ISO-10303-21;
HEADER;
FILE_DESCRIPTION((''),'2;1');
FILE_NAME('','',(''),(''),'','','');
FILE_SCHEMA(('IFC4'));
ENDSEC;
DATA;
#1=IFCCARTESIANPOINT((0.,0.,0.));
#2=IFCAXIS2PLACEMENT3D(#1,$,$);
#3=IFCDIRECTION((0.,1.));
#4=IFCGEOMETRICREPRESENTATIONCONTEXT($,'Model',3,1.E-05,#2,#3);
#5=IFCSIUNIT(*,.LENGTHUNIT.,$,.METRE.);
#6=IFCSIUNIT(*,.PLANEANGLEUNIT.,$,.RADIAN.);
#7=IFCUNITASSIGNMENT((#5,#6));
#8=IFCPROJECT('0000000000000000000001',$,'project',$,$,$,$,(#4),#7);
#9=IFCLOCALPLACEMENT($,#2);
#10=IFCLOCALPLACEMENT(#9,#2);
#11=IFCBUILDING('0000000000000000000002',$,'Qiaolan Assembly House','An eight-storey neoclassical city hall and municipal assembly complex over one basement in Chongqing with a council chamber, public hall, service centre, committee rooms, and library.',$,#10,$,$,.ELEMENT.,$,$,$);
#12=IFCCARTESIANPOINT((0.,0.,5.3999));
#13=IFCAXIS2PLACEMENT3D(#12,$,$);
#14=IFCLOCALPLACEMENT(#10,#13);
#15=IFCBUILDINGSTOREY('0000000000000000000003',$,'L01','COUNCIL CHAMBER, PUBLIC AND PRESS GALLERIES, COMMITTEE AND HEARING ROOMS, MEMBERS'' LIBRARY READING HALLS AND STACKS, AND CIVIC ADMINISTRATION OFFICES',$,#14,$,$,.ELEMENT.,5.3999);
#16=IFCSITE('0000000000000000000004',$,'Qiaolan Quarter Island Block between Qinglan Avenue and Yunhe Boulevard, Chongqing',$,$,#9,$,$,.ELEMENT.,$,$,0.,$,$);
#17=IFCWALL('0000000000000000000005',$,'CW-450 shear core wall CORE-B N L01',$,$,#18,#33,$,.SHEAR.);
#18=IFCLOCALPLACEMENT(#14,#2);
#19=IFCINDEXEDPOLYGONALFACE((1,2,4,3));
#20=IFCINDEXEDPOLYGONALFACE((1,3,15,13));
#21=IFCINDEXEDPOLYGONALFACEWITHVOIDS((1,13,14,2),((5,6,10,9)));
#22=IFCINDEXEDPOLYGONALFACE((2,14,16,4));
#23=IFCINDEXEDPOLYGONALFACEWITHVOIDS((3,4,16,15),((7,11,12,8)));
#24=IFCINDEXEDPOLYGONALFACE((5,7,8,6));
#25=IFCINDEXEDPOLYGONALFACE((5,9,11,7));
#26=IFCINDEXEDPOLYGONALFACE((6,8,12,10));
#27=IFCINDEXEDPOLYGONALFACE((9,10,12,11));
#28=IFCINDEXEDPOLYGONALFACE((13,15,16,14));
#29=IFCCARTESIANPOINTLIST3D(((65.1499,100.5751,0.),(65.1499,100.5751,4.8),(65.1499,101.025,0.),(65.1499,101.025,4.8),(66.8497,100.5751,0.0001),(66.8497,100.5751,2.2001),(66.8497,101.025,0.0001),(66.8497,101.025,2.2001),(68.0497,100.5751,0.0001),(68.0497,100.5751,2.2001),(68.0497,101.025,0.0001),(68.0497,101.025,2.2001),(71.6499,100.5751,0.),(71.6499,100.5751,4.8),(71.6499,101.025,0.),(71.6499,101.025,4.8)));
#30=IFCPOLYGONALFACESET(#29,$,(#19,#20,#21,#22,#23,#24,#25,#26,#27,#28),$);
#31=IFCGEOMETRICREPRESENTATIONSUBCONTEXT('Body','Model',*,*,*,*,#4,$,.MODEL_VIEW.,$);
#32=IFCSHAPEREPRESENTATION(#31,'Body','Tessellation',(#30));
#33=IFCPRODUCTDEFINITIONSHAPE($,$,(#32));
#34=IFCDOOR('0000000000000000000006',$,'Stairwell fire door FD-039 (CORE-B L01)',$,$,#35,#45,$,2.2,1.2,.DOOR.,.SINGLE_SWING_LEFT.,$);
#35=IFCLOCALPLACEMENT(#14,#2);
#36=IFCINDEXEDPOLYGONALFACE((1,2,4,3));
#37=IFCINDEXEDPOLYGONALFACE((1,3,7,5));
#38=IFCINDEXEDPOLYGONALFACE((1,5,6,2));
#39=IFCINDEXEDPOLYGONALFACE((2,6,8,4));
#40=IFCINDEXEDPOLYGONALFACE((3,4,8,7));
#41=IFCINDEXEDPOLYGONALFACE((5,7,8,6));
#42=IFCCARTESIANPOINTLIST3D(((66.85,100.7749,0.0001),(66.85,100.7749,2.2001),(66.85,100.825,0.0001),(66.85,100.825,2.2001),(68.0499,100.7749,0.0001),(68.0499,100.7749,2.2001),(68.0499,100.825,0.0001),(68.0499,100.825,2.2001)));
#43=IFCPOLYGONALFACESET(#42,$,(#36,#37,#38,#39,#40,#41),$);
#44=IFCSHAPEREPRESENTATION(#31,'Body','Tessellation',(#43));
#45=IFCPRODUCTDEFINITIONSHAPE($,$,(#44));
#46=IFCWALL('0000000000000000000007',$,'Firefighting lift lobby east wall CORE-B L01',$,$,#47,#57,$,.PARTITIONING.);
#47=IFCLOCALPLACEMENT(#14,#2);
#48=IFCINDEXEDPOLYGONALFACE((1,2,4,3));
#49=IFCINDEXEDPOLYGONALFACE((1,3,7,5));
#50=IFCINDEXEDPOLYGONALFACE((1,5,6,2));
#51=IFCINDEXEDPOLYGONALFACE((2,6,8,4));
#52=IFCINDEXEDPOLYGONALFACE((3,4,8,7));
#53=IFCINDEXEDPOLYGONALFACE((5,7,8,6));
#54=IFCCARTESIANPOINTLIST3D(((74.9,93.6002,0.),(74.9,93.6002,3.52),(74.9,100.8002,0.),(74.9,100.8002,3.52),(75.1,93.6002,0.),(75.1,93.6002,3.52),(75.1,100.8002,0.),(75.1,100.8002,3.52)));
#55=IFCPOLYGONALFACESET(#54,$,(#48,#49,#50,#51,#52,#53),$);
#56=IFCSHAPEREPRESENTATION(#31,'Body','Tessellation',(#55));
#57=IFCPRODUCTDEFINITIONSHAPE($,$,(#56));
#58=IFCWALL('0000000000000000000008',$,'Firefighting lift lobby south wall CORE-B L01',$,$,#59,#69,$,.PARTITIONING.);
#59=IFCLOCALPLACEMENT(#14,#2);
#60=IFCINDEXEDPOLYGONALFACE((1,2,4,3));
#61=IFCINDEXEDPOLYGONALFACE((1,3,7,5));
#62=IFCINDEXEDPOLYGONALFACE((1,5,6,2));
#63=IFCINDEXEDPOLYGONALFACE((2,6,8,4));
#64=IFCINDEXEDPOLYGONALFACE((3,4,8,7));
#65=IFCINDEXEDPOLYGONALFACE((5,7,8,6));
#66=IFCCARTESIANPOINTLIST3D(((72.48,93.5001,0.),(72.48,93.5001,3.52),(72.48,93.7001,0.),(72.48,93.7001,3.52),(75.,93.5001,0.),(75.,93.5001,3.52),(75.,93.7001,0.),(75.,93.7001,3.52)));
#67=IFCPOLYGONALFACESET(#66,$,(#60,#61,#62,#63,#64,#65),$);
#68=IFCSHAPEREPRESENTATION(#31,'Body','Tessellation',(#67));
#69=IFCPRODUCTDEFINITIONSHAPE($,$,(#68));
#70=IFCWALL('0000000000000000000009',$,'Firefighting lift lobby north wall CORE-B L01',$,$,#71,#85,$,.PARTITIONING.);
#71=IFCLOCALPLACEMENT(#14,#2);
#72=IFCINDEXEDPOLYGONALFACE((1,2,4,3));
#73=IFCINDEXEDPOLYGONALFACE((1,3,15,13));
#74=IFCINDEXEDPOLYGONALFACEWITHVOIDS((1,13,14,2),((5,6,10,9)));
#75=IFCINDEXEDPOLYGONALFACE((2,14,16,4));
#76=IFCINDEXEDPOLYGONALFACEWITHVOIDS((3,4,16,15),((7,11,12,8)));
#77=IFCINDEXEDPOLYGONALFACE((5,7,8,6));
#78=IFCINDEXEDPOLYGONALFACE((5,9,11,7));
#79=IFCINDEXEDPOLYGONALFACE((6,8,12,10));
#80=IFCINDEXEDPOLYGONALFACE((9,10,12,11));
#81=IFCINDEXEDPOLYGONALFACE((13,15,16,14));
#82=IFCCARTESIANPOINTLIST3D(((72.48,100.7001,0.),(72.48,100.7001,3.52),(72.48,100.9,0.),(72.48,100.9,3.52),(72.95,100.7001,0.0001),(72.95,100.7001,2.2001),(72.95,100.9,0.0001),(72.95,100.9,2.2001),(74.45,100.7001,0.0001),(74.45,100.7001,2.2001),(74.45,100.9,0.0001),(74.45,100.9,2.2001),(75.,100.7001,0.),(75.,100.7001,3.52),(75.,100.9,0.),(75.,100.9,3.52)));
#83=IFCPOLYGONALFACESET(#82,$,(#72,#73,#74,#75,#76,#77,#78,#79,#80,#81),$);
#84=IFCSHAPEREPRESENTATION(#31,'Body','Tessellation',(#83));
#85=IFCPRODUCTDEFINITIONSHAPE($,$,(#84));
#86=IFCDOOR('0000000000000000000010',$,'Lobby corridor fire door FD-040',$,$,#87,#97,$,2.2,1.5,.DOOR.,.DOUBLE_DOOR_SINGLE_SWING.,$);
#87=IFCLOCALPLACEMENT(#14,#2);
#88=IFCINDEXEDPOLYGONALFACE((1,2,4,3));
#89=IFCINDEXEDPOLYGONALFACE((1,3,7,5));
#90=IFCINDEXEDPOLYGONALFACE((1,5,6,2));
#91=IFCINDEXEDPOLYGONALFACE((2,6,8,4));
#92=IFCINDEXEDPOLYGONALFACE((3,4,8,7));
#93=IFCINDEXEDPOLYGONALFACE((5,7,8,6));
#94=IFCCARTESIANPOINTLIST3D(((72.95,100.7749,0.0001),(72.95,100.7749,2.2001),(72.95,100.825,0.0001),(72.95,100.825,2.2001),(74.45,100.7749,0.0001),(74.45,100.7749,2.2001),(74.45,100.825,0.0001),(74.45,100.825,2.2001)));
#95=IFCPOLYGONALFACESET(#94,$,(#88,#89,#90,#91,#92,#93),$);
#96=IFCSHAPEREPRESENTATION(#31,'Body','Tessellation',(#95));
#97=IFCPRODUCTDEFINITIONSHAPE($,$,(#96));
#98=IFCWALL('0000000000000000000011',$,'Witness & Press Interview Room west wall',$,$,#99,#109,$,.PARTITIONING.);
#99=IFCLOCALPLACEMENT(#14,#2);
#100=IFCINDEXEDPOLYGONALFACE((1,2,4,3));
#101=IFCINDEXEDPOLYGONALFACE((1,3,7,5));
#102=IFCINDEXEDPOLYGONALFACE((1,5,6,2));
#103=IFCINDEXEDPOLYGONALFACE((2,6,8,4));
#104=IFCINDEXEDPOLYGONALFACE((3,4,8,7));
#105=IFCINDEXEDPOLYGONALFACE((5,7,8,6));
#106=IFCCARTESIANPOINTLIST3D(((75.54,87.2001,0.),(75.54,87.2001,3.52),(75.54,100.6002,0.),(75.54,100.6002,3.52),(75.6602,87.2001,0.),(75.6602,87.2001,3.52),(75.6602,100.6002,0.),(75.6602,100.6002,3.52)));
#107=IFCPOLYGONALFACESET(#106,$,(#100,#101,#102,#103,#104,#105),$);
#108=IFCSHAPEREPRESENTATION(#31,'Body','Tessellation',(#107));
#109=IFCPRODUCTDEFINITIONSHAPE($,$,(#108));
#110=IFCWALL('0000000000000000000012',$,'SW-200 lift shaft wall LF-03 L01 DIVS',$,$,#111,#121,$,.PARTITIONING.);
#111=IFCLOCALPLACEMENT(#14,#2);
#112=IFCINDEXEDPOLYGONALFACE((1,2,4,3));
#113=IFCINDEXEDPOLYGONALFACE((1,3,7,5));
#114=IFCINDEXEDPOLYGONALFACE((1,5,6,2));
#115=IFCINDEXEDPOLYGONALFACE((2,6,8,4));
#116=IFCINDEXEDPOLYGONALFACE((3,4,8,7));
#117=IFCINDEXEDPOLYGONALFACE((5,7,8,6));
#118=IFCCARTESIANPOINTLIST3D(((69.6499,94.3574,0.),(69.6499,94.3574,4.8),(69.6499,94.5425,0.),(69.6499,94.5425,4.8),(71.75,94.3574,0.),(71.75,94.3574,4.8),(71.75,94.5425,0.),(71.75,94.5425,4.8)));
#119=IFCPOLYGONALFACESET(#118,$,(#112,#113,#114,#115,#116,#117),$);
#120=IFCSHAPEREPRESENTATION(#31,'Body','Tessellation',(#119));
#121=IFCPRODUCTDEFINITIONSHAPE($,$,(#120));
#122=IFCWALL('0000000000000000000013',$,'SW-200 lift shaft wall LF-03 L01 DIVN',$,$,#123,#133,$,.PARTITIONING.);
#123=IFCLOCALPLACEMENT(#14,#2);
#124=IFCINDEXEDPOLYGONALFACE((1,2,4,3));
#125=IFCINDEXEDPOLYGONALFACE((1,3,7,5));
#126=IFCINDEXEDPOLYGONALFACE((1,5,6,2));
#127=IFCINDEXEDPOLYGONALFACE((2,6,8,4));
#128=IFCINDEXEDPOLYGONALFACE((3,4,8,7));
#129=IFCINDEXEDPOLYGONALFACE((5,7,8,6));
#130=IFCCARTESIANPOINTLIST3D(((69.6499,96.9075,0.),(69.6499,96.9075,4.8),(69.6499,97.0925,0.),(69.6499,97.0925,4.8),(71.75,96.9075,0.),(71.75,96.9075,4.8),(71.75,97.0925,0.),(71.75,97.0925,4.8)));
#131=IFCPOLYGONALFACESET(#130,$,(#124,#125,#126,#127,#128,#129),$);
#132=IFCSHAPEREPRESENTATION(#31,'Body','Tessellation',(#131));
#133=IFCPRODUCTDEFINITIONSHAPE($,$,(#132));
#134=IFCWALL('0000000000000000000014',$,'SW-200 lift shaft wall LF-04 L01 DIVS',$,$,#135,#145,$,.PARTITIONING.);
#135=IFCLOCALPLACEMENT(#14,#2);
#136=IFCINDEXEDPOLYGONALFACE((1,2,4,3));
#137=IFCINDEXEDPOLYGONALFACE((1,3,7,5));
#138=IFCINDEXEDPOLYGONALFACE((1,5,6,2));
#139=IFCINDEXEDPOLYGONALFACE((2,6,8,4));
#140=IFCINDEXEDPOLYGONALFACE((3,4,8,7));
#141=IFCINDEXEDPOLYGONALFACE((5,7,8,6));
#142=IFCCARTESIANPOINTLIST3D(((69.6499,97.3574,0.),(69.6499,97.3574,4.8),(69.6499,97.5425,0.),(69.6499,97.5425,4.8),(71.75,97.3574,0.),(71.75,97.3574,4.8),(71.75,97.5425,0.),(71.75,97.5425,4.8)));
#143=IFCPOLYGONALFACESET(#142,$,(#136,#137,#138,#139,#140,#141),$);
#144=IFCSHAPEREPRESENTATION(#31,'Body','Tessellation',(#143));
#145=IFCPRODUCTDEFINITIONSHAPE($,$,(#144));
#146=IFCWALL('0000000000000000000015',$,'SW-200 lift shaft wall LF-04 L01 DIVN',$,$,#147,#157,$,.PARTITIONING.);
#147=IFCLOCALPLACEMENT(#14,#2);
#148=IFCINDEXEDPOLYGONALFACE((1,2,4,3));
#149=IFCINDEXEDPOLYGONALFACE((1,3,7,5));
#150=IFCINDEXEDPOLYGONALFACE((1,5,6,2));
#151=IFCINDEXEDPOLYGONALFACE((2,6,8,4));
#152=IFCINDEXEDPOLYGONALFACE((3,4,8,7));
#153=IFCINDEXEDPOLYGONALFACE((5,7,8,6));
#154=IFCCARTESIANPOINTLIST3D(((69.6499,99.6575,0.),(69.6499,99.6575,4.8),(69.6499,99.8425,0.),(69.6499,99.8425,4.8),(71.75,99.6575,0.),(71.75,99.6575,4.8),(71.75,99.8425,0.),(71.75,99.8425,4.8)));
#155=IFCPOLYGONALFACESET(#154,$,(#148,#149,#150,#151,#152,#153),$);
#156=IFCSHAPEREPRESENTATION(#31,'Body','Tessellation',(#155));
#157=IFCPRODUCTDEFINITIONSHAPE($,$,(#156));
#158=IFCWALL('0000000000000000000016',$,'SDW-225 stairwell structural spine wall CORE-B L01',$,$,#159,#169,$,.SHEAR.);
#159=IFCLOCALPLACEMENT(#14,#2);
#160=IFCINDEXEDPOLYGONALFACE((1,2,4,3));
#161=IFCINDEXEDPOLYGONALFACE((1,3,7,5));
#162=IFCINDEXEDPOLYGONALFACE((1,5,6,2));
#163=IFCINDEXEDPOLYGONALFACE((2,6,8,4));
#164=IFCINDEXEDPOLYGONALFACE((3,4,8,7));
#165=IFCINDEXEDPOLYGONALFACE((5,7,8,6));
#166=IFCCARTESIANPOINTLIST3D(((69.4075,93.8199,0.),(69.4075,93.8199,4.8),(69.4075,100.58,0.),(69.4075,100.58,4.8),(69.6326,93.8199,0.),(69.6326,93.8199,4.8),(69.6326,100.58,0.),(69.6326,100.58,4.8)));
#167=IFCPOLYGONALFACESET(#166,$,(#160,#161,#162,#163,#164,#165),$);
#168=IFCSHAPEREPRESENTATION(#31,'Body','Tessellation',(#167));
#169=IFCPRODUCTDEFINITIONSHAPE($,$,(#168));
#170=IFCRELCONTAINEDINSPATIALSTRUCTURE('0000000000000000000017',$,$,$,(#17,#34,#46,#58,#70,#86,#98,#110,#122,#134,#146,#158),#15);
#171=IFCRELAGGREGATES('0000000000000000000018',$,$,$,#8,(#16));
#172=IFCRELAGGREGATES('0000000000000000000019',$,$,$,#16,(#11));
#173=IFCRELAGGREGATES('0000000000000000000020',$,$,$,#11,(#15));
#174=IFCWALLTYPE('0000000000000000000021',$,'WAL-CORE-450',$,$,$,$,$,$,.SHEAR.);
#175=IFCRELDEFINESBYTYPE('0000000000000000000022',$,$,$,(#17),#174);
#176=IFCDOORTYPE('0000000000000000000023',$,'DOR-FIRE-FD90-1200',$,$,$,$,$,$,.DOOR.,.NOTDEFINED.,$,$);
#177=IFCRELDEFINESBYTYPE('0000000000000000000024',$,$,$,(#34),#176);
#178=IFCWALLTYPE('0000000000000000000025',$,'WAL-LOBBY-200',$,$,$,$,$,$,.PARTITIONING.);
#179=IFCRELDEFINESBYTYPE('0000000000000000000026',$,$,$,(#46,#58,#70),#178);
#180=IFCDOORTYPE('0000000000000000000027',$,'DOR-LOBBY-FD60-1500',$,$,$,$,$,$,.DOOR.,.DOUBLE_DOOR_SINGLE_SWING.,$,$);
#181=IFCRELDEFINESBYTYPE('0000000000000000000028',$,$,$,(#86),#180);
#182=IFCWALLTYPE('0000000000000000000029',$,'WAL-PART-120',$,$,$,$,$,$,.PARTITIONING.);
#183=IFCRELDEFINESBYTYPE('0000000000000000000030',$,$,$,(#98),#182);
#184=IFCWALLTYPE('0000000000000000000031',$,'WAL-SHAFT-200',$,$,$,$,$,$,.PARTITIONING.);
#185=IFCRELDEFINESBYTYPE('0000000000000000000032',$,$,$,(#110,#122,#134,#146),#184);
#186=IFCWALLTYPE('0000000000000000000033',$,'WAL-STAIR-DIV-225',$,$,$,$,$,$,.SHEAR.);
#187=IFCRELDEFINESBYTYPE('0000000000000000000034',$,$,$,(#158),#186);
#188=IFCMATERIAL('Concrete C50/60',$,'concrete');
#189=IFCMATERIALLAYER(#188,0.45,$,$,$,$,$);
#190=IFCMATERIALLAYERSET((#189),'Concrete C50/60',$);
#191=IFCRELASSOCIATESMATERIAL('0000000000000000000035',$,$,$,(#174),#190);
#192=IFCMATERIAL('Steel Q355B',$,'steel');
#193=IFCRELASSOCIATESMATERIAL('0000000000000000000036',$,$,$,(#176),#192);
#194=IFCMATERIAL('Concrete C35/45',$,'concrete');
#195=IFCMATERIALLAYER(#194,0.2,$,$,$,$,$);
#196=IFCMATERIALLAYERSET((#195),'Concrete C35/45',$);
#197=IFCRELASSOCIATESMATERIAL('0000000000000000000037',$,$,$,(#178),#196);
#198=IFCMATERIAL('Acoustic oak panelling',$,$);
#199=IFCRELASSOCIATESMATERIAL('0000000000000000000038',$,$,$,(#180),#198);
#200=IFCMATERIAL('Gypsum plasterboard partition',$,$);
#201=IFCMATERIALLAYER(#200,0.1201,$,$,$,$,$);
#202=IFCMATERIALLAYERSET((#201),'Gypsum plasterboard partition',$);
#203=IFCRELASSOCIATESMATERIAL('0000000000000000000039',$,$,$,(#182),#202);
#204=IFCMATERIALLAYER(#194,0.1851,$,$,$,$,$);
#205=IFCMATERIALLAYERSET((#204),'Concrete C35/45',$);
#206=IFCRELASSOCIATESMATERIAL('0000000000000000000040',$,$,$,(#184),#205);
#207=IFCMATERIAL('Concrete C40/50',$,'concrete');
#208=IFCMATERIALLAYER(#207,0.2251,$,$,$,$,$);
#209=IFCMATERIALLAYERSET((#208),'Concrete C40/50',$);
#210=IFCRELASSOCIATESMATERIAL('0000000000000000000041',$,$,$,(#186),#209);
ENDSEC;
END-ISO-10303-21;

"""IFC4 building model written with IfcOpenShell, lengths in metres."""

from ifc_helpers import new_model, si_unit, direction, frame, frame_2d, origin, place, context, subcontext, project, spatial, rectangle, extrude, material, layer, layer_set, type_object, element, fill, save


model = new_model("IFC4")

# Units and contexts
model_context = context("Model", 3, precision=1e-05, world=origin(), true_north=direction((0.0, 1.0)))
body_context = subcontext(model_context, "Body", "Model", "MODEL_VIEW")
ifc_project = project(units=[si_unit("LENGTHUNIT", "METRE"), si_unit("PLANEANGLEUNIT", "RADIAN")], contexts=[model_context])

# Site, building, storey
site_placement = place(None, origin())
site = spatial("IfcSite", under=ifc_project, at=site_placement, Name="Qiaolan Quarter Island Block between Qinglan Avenue and Yunhe Boulevard, Chongqing", CompositionType="ELEMENT", RefElevation=0.0)
building_placement = place(site_placement, origin())
building = spatial("IfcBuilding", under=site, at=building_placement, Name="Qiaolan Assembly House", Description="An eight-storey neoclassical city hall and municipal assembly complex over one basement in Chongqing with a council chamber, public hall, service centre, committee rooms, and library.", CompositionType="ELEMENT")
storey_placement = place(building_placement, frame((0.0, 0.0, 5.3999)))
storey = spatial("IfcBuildingStorey", under=building, at=storey_placement, Name="L01", Description="COUNCIL CHAMBER, PUBLIC AND PRESS GALLERIES, COMMITTEE AND HEARING ROOMS, MEMBERS' LIBRARY READING HALLS AND STACKS, AND CIVIC ADMINISTRATION OFFICES", CompositionType="ELEMENT", Elevation=5.3999)

# Shared definitions
ifc_material_1 = material(Name="Concrete C50/60", Category="concrete")

# Shared definitions
ifc_material_2 = material(Name="Concrete C40/50", Category="concrete")

# Shared definitions
ifc_layer_1 = layer(ifc_material_1, 0.45)
ifc_layer_set_1 = layer_set([ifc_layer_1], Name="Concrete C50/60")
wall_type_1 = type_object("IfcWallType", Name="WAL-CORE-450", PredefinedType="SHEAR", material=ifc_layer_set_1)

# Wall, opening, door
wall_1_placement = place(storey_placement, frame((71.6499, 100.8, 0.0), z_axis=(0.0, 0.0, 1.0), x_axis=(-1.0, 0.0, 0.0)))
wall_1 = element("IfcWall", 1, at=wall_1_placement, inside=storey, type_object=wall_type_1, Name="CW-450 shear core wall CORE-B N L01", PredefinedType="SHEAR", context=body_context, shape_type="SweptSolid", body=[
    extrude(rectangle(XDim=6.5, YDim=0.45, at=frame_2d((3.25, 0.0))), origin(), (0.0, 0.0, 1.0), 4.8),
])
opening_1_placement = place(wall_1_placement, frame((3.6001, 0.0, 0.0)))
opening_1 = element("IfcOpeningElement", 2, at=opening_1_placement, cuts=wall_1, PredefinedType="OPENING", context=body_context, shape_type="SweptSolid", body=[
    extrude(rectangle(XDim=1.2, YDim=2.2, at=frame_2d((0.6001, 1.1001))), frame((0.0, 0.2349, 0.0), z_axis=(0.0, -1.0, 0.0), x_axis=(1.0, 0.0, 0.0)), (0.0, 0.0, 1.0), 0.47),
])
ifc_material_3 = material(Name="Steel Q355B", Category="steel")
door_type_1 = type_object("IfcDoorType", Name="DOR-FIRE-FD90-1200", OperationType="NOTDEFINED", PredefinedType="DOOR", material=ifc_material_3)
door_1_placement = place(opening_1_placement, frame((1.2, 0.0, 0.0), z_axis=(0.0, 0.0, 1.0), x_axis=(-1.0, 0.0, 0.0)))
door_1 = element("IfcDoor", 3, at=door_1_placement, inside=storey, type_object=door_type_1, Name="Stairwell fire door FD-039 (CORE-B L01)", OperationType="SINGLE_SWING_LEFT", OverallHeight=2.2, OverallWidth=1.2, PredefinedType="DOOR", context=body_context, shape_type="SweptSolid", body=[
    extrude(rectangle(XDim=1.2, YDim=2.2, at=frame_2d((0.6001, 1.1001))), frame((0.0, 0.0249, 0.0), z_axis=(0.0, -1.0, 0.0), x_axis=(1.0, 0.0, 0.0)), (0.0, 0.0, 1.0), 0.05),
])
fill(opening_1, door_1)

# Walls
ifc_material_4 = material(Name="Concrete C35/45", Category="concrete")
ifc_layer_2 = layer(ifc_material_4, 0.2)
ifc_layer_set_2 = layer_set([ifc_layer_2], Name="Concrete C35/45")
wall_type_2 = type_object("IfcWallType", Name="WAL-LOBBY-200", PredefinedType="PARTITIONING", material=ifc_layer_set_2)
wall_2_placement = place(storey_placement, frame((75.0, 93.6001, 0.0), z_axis=(0.0, 0.0, 1.0), x_axis=(0.0, 1.0, 0.0)))
element("IfcWall", 4, at=wall_2_placement, inside=storey, type_object=wall_type_2, Name="Firefighting lift lobby east wall CORE-B L01", PredefinedType="PARTITIONING", context=body_context, shape_type="SweptSolid", body=[
    extrude(rectangle(XDim=7.2, YDim=0.2, at=frame_2d((3.6001, 0.0))), origin(), (0.0, 0.0, 1.0), 3.52),
])
wall_3_placement = place(storey_placement, frame((72.48, 93.6001, 0.0), z_axis=(0.0, 0.0, 1.0), x_axis=(1.0, 0.0, 0.0)))
element("IfcWall", 5, at=wall_3_placement, inside=storey, type_object=wall_type_2, Name="Firefighting lift lobby south wall CORE-B L01", PredefinedType="PARTITIONING", context=body_context, shape_type="SweptSolid", body=[
    extrude(rectangle(XDim=2.52, YDim=0.2, at=frame_2d((1.26, 0.0))), origin(), (0.0, 0.0, 1.0), 3.52),
])

# Wall, opening, door
wall_4_placement = place(storey_placement, frame((75.0, 100.8, 0.0), z_axis=(0.0, 0.0, 1.0), x_axis=(-1.0, 0.0, 0.0)))
wall_4 = element("IfcWall", 6, at=wall_4_placement, inside=storey, type_object=wall_type_2, Name="Firefighting lift lobby north wall CORE-B L01", PredefinedType="PARTITIONING", context=body_context, shape_type="SweptSolid", body=[
    extrude(rectangle(XDim=2.52, YDim=0.2, at=frame_2d((1.26, 0.0))), origin(), (0.0, 0.0, 1.0), 3.52),
])
opening_2_placement = place(wall_4_placement, frame((0.55, 0.0, 0.0)))
opening_2 = element("IfcOpeningElement", 7, at=opening_2_placement, cuts=wall_4, PredefinedType="OPENING", context=body_context, shape_type="SweptSolid", body=[
    extrude(rectangle(XDim=1.5, YDim=2.2, at=frame_2d((0.75, 1.1001))), frame((0.0, 0.1099, 0.0), z_axis=(0.0, -1.0, 0.0), x_axis=(1.0, 0.0, 0.0)), (0.0, 0.0, 1.0), 0.22),
])
ifc_material_5 = material(Name="Acoustic oak panelling")
door_type_2 = type_object("IfcDoorType", Name="DOR-LOBBY-FD60-1500", OperationType="DOUBLE_DOOR_SINGLE_SWING", PredefinedType="DOOR", material=ifc_material_5)
door_2_placement = place(opening_2_placement, frame((1.5, 0.0, 0.0), z_axis=(0.0, 0.0, 1.0), x_axis=(-1.0, 0.0, 0.0)))
door_2 = element("IfcDoor", 8, at=door_2_placement, inside=storey, type_object=door_type_2, Name="Lobby corridor fire door FD-040", OperationType="DOUBLE_DOOR_SINGLE_SWING", OverallHeight=2.2, OverallWidth=1.5, PredefinedType="DOOR", context=body_context, shape_type="SweptSolid", body=[
    extrude(rectangle(XDim=1.5, YDim=2.2, at=frame_2d((0.75, 1.1001))), frame((0.0, 0.0249, 0.0), z_axis=(0.0, -1.0, 0.0), x_axis=(1.0, 0.0, 0.0)), (0.0, 0.0, 1.0), 0.05),
])
fill(opening_2, door_2)

# Walls
ifc_material_6 = material(Name="Gypsum plasterboard partition")
ifc_layer_3 = layer(ifc_material_6, 0.1201)
ifc_layer_set_3 = layer_set([ifc_layer_3], Name="Gypsum plasterboard partition")
wall_type_3 = type_object("IfcWallType", Name="WAL-PART-120", PredefinedType="PARTITIONING", material=ifc_layer_set_3)
wall_5_placement = place(storey_placement, frame((75.6001, 87.2, 0.0), z_axis=(0.0, 0.0, 1.0), x_axis=(0.0, 1.0, 0.0)))
element("IfcWall", 9, at=wall_5_placement, inside=storey, type_object=wall_type_3, Name="Witness & Press Interview Room west wall", PredefinedType="PARTITIONING", context=body_context, shape_type="SweptSolid", body=[
    extrude(rectangle(XDim=13.4001, YDim=0.1201, at=frame_2d((6.7002, 0.0))), origin(), (0.0, 0.0, 1.0), 3.52),
])
ifc_layer_4 = layer(ifc_material_4, 0.1851)
ifc_layer_set_4 = layer_set([ifc_layer_4], Name="Concrete C35/45")
wall_type_4 = type_object("IfcWallType", Name="WAL-SHAFT-200", PredefinedType="PARTITIONING", material=ifc_layer_set_4)
for number, where, z_axis, x_axis, name in (
    (10, (69.6499, 94.45, 0.0), (0.0, 0.0, 1.0), (1.0, 0.0, 0.0), "SW-200 lift shaft wall LF-03 L01 DIVS"),
    (11, (69.6499, 97.0, 0.0), (0.0, 0.0, 1.0), (1.0, 0.0, 0.0), "SW-200 lift shaft wall LF-03 L01 DIVN"),
    (12, (69.6499, 97.45, 0.0), (0.0, 0.0, 1.0), (1.0, 0.0, 0.0), "SW-200 lift shaft wall LF-04 L01 DIVS"),
    (13, (69.6499, 99.75, 0.0), (0.0, 0.0, 1.0), (1.0, 0.0, 0.0), "SW-200 lift shaft wall LF-04 L01 DIVN"),
):
    element("IfcWall", number, at=place(storey_placement, frame(where, z_axis=z_axis, x_axis=x_axis)), inside=storey, type_object=wall_type_4, Name=name, PredefinedType="PARTITIONING", context=body_context, shape_type="SweptSolid", body=[
        extrude(rectangle(XDim=2.1001, YDim=0.1851, at=frame_2d((1.05, 0.0))), origin(), (0.0, 0.0, 1.0), 4.8),
    ])
ifc_layer_5 = layer(ifc_material_2, 0.2251)
ifc_layer_set_5 = layer_set([ifc_layer_5], Name="Concrete C40/50")
wall_type_5 = type_object("IfcWallType", Name="WAL-STAIR-DIV-225", PredefinedType="SHEAR", material=ifc_layer_set_5)
wall_6_placement = place(storey_placement, frame((69.52, 93.8201, 0.0), z_axis=(0.0, 0.0, 1.0), x_axis=(0.0, 1.0, 0.0)))
element("IfcWall", 14, at=wall_6_placement, inside=storey, type_object=wall_type_5, Name="SDW-225 stairwell structural spine wall CORE-B L01", PredefinedType="SHEAR", context=body_context, shape_type="SweptSolid", body=[
    extrude(rectangle(XDim=6.76, YDim=0.2251, at=frame_2d((3.3799, 0.0))), origin(), (0.0, 0.0, 1.0), 4.8),
])

save(model, "model.ifc")
